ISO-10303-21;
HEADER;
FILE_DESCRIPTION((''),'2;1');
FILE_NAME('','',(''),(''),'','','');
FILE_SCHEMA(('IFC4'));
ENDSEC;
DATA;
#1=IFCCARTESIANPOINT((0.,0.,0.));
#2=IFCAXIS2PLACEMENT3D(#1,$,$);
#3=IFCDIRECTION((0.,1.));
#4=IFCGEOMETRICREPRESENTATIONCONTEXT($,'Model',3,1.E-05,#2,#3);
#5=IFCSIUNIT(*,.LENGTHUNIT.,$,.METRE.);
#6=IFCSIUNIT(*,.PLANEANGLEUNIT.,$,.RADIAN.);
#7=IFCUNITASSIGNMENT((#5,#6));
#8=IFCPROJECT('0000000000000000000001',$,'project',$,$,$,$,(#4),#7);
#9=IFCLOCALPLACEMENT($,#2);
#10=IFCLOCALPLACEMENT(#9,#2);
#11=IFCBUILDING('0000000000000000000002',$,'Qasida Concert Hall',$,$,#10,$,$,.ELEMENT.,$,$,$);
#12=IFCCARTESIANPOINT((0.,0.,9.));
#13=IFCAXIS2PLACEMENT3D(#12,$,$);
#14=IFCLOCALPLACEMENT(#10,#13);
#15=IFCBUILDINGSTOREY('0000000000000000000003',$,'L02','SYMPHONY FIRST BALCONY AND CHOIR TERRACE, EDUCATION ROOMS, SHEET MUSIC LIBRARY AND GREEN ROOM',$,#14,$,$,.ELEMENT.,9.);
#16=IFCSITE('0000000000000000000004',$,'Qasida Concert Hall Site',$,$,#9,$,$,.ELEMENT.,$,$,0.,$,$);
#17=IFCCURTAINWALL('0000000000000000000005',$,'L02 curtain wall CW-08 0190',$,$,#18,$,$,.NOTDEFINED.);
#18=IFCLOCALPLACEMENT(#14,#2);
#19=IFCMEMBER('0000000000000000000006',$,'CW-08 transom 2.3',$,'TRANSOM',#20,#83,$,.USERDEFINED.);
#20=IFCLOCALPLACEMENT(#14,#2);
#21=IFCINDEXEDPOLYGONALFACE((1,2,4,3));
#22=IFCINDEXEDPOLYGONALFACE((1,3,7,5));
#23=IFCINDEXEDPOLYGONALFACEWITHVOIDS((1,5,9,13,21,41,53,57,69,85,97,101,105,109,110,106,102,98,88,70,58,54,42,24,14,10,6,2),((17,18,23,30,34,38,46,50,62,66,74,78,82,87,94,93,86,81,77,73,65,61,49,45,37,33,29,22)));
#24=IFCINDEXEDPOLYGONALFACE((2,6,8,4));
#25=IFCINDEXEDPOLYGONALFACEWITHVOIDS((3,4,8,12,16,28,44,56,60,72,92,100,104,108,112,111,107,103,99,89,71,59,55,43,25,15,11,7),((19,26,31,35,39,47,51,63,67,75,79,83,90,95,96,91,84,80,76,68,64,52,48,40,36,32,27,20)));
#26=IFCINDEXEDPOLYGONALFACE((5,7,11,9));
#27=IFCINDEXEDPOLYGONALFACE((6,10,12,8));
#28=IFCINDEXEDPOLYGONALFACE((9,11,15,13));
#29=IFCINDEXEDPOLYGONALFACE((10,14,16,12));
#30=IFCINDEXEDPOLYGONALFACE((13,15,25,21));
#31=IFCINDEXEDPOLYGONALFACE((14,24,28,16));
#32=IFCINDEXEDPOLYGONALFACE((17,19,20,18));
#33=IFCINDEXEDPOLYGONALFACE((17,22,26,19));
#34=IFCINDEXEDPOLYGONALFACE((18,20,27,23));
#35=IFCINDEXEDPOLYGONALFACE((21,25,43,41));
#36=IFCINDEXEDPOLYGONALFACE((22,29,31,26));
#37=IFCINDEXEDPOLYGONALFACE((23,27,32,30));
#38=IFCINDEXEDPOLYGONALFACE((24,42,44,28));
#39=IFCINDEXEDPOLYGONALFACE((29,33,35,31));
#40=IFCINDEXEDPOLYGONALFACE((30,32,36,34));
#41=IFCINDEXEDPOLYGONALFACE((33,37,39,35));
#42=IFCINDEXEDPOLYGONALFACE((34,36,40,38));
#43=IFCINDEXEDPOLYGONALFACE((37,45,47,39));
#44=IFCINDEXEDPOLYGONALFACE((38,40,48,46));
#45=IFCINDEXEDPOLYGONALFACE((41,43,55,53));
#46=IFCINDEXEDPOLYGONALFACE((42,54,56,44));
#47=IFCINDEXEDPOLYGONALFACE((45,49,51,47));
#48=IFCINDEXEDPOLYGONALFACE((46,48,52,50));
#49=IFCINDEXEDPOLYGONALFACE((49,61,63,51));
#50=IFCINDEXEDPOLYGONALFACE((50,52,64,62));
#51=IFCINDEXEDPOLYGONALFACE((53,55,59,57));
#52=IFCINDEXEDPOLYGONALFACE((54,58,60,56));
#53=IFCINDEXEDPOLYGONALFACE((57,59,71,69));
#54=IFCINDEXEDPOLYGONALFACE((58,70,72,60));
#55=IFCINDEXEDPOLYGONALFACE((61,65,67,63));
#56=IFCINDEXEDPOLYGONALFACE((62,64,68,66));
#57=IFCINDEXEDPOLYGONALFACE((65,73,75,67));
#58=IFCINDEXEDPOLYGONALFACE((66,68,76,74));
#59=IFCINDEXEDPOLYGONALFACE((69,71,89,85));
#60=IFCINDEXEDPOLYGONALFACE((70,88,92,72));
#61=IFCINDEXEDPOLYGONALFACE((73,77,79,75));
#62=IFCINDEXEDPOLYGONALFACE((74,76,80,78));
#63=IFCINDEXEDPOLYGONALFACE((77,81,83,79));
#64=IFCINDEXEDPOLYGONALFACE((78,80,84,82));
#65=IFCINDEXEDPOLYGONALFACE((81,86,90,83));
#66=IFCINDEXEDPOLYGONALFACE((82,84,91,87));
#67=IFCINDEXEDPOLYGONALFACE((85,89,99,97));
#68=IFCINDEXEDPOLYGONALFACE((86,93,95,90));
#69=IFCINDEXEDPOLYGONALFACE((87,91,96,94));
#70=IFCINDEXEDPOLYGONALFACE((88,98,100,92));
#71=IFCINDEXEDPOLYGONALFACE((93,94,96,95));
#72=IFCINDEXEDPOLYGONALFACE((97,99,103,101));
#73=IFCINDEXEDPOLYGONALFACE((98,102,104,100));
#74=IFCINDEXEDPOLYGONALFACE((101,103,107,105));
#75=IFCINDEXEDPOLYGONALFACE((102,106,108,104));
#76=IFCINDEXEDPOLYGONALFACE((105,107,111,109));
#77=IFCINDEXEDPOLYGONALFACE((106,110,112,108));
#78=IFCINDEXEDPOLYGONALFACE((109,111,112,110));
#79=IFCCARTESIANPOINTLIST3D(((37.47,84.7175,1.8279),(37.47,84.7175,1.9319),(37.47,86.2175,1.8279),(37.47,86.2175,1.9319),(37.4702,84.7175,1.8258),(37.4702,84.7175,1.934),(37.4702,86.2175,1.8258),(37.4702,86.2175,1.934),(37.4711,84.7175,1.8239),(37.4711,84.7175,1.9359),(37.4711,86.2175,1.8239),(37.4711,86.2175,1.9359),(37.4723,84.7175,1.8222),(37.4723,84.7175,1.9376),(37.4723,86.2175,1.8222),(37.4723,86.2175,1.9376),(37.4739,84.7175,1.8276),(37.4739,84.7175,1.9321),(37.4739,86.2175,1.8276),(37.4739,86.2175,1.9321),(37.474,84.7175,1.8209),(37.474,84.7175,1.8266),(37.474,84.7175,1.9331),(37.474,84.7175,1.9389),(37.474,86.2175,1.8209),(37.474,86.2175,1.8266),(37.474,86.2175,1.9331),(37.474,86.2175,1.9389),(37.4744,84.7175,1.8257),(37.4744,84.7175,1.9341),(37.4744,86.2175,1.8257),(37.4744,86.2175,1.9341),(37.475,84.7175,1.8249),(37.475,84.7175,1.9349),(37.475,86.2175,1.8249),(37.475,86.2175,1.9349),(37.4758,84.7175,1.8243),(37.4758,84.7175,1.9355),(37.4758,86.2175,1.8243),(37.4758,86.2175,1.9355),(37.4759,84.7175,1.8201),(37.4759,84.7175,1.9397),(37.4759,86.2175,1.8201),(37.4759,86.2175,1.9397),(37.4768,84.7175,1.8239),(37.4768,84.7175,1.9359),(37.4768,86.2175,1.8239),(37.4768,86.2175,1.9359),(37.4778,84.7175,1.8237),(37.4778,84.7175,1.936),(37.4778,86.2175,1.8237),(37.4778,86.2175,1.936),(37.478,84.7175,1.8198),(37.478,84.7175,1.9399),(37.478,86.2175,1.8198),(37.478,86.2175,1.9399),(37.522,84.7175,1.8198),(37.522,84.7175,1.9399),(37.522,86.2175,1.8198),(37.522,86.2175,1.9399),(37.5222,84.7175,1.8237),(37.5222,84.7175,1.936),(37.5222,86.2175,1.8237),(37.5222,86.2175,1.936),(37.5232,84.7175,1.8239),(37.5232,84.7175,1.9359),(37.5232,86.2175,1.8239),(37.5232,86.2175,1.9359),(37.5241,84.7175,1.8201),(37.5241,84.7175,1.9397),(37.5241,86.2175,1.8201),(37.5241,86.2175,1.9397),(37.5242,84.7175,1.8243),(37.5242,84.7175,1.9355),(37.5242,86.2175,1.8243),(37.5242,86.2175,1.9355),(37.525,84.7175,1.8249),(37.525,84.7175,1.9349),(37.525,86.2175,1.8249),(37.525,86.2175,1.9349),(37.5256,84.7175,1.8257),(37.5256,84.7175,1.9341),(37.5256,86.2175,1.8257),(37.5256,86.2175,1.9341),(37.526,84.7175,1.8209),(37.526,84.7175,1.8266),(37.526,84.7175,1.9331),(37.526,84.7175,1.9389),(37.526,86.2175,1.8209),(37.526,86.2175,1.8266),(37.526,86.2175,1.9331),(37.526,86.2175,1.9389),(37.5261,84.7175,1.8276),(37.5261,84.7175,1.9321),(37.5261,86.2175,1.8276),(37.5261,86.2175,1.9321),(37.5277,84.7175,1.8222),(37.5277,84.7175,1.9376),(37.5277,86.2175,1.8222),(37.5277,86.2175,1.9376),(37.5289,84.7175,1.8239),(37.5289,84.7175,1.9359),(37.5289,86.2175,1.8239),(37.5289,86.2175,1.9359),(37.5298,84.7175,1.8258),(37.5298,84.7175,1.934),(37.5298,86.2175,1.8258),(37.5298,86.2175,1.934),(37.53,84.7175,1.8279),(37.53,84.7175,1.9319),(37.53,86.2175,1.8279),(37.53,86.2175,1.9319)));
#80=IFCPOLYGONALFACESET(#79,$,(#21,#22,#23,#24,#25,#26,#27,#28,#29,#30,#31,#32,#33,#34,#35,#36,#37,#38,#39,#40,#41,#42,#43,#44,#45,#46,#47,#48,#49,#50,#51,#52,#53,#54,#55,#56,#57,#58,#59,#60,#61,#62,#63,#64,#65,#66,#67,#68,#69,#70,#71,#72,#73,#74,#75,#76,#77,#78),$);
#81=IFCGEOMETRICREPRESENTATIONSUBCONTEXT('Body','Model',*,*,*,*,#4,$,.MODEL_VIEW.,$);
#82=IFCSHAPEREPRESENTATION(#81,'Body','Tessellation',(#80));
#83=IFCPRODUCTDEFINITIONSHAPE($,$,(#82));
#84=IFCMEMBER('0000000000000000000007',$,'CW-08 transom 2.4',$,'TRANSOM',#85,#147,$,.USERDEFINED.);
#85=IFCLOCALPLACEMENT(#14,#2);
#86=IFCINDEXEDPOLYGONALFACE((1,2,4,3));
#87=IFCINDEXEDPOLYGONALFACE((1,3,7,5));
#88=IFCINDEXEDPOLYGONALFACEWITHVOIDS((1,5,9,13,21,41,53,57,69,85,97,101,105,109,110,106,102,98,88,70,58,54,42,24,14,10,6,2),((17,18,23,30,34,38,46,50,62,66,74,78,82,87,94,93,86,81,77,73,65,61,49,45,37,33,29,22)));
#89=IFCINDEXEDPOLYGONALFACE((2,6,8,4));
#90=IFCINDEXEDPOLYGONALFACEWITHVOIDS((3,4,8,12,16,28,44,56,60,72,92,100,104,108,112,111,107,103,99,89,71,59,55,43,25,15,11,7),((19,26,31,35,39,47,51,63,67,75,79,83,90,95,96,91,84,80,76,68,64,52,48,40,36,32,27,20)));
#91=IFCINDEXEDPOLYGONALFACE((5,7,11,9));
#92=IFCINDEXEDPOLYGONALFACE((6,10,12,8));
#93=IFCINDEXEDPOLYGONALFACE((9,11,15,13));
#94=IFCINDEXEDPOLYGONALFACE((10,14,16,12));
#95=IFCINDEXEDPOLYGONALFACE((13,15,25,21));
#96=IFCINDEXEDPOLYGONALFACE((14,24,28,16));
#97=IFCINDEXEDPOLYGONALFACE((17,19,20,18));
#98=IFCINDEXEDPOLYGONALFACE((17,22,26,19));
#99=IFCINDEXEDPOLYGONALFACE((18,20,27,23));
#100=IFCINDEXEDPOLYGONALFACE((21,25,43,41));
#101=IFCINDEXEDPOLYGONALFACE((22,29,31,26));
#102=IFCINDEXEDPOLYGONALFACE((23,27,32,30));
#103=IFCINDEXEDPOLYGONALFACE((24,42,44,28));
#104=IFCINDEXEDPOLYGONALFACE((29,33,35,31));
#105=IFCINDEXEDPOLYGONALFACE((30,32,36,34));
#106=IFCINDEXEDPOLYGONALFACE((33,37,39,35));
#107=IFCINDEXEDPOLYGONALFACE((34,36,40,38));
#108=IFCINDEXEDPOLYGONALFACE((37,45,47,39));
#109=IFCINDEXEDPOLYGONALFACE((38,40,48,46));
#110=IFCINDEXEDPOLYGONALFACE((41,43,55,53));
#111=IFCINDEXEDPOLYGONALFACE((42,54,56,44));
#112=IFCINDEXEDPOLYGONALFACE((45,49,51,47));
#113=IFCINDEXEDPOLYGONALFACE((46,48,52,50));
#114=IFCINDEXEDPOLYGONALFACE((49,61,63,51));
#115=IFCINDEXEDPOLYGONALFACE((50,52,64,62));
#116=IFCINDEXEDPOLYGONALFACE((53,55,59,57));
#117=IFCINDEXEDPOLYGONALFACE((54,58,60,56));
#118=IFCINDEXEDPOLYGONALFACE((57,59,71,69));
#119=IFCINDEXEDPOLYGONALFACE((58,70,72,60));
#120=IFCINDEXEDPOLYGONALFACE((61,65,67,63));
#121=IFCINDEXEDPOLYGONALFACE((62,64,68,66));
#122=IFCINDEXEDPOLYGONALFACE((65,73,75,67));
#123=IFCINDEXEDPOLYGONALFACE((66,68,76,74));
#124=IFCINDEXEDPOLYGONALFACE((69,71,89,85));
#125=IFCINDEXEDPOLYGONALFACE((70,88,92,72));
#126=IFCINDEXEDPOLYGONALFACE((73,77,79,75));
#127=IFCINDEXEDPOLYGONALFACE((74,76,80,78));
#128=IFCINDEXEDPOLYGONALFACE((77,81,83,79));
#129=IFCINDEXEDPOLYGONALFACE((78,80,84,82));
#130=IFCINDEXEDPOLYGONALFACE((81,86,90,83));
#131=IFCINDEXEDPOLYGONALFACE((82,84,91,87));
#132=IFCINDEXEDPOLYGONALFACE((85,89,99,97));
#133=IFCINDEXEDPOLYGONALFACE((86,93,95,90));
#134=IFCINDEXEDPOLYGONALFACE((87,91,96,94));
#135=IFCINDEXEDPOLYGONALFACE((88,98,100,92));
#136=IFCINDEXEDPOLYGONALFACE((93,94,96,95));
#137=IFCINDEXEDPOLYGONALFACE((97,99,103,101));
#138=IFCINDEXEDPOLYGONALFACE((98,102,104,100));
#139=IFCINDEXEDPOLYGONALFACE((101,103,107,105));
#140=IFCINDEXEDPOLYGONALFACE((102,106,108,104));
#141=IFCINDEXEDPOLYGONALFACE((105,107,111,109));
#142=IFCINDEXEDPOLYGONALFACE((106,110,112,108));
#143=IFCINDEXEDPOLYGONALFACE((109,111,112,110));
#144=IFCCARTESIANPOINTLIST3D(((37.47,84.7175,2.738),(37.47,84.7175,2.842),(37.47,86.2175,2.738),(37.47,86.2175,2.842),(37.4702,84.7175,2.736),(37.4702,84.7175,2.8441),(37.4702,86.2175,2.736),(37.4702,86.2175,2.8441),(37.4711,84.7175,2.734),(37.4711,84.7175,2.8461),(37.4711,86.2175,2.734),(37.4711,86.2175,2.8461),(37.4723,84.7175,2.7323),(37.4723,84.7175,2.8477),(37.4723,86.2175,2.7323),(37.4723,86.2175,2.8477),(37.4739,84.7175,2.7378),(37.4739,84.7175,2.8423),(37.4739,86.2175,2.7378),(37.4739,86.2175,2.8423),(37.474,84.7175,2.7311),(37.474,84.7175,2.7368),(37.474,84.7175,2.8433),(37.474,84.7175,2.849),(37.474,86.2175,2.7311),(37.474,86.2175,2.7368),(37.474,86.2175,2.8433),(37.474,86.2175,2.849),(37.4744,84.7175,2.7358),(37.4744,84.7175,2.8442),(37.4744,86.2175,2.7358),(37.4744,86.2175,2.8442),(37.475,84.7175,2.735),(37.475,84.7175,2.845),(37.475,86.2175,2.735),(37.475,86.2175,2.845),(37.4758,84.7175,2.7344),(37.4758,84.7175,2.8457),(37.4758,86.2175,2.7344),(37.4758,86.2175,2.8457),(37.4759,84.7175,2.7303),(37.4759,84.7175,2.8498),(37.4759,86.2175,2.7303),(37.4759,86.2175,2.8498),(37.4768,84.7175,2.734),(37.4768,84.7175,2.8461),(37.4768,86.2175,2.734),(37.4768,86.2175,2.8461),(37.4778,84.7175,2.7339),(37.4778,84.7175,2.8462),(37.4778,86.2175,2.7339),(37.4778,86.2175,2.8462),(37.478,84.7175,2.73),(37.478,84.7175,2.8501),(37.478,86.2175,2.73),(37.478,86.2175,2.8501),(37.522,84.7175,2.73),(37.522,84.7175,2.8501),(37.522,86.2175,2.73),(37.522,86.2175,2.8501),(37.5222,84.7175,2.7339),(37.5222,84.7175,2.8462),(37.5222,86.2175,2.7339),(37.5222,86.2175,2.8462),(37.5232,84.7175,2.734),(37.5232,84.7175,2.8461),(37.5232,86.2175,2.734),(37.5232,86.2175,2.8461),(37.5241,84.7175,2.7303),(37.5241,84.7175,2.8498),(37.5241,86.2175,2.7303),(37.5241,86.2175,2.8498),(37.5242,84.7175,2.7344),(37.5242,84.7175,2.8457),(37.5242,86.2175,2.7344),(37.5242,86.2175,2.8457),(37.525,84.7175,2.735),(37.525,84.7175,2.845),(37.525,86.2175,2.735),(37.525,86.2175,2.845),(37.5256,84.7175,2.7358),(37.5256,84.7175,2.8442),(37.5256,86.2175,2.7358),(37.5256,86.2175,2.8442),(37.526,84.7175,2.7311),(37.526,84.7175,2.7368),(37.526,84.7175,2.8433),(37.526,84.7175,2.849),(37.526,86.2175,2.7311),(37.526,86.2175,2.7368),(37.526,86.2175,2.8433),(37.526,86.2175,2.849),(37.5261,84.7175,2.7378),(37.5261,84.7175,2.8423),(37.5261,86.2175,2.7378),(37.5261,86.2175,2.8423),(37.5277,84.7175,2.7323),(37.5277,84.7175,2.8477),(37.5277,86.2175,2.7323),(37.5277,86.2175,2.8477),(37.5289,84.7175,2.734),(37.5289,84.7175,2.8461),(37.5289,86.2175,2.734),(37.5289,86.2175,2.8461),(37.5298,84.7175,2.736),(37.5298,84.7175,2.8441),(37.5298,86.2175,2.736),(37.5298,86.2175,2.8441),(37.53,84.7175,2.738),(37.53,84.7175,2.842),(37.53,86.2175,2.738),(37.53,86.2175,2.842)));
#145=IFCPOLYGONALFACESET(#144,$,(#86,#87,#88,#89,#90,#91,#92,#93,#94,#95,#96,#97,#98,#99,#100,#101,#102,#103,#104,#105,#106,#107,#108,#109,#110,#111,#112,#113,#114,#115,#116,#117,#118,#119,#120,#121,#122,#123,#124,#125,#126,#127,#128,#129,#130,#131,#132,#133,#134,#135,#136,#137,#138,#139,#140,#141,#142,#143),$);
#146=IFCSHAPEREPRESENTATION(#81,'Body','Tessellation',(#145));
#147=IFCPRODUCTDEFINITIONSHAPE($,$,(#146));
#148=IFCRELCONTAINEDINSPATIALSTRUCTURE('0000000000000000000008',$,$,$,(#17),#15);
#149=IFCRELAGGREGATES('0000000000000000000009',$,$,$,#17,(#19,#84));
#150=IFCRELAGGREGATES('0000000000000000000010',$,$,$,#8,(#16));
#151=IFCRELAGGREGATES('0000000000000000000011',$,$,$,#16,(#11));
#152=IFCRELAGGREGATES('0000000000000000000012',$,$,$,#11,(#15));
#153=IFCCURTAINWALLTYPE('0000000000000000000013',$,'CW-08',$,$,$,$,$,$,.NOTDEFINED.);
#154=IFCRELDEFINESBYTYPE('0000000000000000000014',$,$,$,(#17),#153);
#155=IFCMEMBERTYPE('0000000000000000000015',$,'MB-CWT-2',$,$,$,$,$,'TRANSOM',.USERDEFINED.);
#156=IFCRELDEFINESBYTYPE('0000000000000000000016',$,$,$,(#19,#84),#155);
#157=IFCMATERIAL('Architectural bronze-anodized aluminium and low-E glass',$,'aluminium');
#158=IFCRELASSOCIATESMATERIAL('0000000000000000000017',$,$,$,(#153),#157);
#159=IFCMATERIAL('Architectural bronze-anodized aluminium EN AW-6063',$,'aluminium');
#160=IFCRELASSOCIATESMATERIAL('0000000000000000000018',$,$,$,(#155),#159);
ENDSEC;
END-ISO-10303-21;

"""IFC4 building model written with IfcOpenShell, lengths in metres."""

from ifc_helpers import new_model, si_unit, direction, frame, origin, origin_2d, place, context, subcontext, project, spatial, hollow_rectangle, extrude, material, material_profile, profile_set, type_object, element, aggregate, save


model = new_model("IFC4")

# Units and contexts
model_context = context("Model", 3, precision=1e-05, world=origin(), true_north=direction((0.0, 1.0)))
body_context = subcontext(model_context, "Body", "Model", "MODEL_VIEW")
ifc_project = project(units=[si_unit("LENGTHUNIT", "METRE"), si_unit("PLANEANGLEUNIT", "RADIAN")], contexts=[model_context])

# Site, building, storey
site_placement = place(None, origin())
site = spatial("IfcSite", under=ifc_project, at=site_placement, Name="Qasida Concert Hall Site", CompositionType="ELEMENT", RefElevation=0.0)
building_placement = place(site_placement, origin())
building = spatial("IfcBuilding", under=site, at=building_placement, Name="Qasida Concert Hall", CompositionType="ELEMENT")
storey_placement = place(building_placement, frame((0.0, 0.0, 9.0)))
storey = spatial("IfcBuildingStorey", under=building, at=storey_placement, Name="L02", Description="SYMPHONY FIRST BALCONY AND CHOIR TERRACE, EDUCATION ROOMS, SHEET MUSIC LIBRARY AND GREEN ROOM", CompositionType="ELEMENT", Elevation=9.0)

# Curtain wall, members
ifc_material_1 = material(Name="Architectural bronze-anodized aluminium and low-E glass", Category="aluminium")
curtain_wall_type = type_object("IfcCurtainWallType", Name="CW-08", PredefinedType="NOTDEFINED", material=ifc_material_1)
curtain_wall_placement = place(storey_placement, origin())
curtain_wall = element("IfcCurtainWall", 1, at=curtain_wall_placement, inside=storey, type_object=curtain_wall_type, Name="L02 curtain wall CW-08 0190", PredefinedType="NOTDEFINED")
ifc_material_2 = material(Name="Architectural bronze-anodized aluminium EN AW-6063", Category="aluminium")
ifc_material_profile_1 = material_profile(ifc_material_2, hollow_rectangle(XDim=0.0601, YDim=0.1201, WallThickness=0.0039, InnerFilletRadius=0.0039, OuterFilletRadius=0.0081, at=origin_2d()), Name="CWT 120x60x4")
ifc_profile_set_1 = profile_set([ifc_material_profile_1], Name="Architectural bronze-anodized aluminium EN AW-6063")
member_type_1 = type_object("IfcMemberType", Name="MB-CWT-2", ElementType="TRANSOM", PredefinedType="USERDEFINED", material=ifc_profile_set_1)
member_1_placement = place(storey_placement, frame((37.5, 84.7175, 1.8799), z_axis=(0.0, 1.0, 0.0), x_axis=(-1.0, 0.0, 0.0)))
member_1 = element("IfcMember", 2, at=member_1_placement, type_object=member_type_1, Name="CW-08 transom 2.3", ObjectType="TRANSOM", PredefinedType="USERDEFINED", context=body_context, shape_type="SweptSolid", body=[
    extrude(hollow_rectangle(XDim=0.0601, YDim=0.1201, WallThickness=0.0039, InnerFilletRadius=0.0039, OuterFilletRadius=0.0081, at=origin_2d()), origin(), (0.0, 0.0, 1.0), 1.5),
])
member_2_placement = place(storey_placement, frame((37.5, 84.7175, 2.79), z_axis=(0.0, 1.0, 0.0), x_axis=(-1.0, 0.0, 0.0)))
member_2 = element("IfcMember", 3, at=member_2_placement, type_object=member_type_1, Name="CW-08 transom 2.4", ObjectType="TRANSOM", PredefinedType="USERDEFINED", context=body_context, shape_type="SweptSolid", body=[
    extrude(hollow_rectangle(XDim=0.0601, YDim=0.1201, WallThickness=0.0039, InnerFilletRadius=0.0039, OuterFilletRadius=0.0081, at=origin_2d()), origin(), (0.0, 0.0, 1.0), 1.5),
])
aggregate(curtain_wall, [member_1, member_2])

save(model, "model.ifc")
